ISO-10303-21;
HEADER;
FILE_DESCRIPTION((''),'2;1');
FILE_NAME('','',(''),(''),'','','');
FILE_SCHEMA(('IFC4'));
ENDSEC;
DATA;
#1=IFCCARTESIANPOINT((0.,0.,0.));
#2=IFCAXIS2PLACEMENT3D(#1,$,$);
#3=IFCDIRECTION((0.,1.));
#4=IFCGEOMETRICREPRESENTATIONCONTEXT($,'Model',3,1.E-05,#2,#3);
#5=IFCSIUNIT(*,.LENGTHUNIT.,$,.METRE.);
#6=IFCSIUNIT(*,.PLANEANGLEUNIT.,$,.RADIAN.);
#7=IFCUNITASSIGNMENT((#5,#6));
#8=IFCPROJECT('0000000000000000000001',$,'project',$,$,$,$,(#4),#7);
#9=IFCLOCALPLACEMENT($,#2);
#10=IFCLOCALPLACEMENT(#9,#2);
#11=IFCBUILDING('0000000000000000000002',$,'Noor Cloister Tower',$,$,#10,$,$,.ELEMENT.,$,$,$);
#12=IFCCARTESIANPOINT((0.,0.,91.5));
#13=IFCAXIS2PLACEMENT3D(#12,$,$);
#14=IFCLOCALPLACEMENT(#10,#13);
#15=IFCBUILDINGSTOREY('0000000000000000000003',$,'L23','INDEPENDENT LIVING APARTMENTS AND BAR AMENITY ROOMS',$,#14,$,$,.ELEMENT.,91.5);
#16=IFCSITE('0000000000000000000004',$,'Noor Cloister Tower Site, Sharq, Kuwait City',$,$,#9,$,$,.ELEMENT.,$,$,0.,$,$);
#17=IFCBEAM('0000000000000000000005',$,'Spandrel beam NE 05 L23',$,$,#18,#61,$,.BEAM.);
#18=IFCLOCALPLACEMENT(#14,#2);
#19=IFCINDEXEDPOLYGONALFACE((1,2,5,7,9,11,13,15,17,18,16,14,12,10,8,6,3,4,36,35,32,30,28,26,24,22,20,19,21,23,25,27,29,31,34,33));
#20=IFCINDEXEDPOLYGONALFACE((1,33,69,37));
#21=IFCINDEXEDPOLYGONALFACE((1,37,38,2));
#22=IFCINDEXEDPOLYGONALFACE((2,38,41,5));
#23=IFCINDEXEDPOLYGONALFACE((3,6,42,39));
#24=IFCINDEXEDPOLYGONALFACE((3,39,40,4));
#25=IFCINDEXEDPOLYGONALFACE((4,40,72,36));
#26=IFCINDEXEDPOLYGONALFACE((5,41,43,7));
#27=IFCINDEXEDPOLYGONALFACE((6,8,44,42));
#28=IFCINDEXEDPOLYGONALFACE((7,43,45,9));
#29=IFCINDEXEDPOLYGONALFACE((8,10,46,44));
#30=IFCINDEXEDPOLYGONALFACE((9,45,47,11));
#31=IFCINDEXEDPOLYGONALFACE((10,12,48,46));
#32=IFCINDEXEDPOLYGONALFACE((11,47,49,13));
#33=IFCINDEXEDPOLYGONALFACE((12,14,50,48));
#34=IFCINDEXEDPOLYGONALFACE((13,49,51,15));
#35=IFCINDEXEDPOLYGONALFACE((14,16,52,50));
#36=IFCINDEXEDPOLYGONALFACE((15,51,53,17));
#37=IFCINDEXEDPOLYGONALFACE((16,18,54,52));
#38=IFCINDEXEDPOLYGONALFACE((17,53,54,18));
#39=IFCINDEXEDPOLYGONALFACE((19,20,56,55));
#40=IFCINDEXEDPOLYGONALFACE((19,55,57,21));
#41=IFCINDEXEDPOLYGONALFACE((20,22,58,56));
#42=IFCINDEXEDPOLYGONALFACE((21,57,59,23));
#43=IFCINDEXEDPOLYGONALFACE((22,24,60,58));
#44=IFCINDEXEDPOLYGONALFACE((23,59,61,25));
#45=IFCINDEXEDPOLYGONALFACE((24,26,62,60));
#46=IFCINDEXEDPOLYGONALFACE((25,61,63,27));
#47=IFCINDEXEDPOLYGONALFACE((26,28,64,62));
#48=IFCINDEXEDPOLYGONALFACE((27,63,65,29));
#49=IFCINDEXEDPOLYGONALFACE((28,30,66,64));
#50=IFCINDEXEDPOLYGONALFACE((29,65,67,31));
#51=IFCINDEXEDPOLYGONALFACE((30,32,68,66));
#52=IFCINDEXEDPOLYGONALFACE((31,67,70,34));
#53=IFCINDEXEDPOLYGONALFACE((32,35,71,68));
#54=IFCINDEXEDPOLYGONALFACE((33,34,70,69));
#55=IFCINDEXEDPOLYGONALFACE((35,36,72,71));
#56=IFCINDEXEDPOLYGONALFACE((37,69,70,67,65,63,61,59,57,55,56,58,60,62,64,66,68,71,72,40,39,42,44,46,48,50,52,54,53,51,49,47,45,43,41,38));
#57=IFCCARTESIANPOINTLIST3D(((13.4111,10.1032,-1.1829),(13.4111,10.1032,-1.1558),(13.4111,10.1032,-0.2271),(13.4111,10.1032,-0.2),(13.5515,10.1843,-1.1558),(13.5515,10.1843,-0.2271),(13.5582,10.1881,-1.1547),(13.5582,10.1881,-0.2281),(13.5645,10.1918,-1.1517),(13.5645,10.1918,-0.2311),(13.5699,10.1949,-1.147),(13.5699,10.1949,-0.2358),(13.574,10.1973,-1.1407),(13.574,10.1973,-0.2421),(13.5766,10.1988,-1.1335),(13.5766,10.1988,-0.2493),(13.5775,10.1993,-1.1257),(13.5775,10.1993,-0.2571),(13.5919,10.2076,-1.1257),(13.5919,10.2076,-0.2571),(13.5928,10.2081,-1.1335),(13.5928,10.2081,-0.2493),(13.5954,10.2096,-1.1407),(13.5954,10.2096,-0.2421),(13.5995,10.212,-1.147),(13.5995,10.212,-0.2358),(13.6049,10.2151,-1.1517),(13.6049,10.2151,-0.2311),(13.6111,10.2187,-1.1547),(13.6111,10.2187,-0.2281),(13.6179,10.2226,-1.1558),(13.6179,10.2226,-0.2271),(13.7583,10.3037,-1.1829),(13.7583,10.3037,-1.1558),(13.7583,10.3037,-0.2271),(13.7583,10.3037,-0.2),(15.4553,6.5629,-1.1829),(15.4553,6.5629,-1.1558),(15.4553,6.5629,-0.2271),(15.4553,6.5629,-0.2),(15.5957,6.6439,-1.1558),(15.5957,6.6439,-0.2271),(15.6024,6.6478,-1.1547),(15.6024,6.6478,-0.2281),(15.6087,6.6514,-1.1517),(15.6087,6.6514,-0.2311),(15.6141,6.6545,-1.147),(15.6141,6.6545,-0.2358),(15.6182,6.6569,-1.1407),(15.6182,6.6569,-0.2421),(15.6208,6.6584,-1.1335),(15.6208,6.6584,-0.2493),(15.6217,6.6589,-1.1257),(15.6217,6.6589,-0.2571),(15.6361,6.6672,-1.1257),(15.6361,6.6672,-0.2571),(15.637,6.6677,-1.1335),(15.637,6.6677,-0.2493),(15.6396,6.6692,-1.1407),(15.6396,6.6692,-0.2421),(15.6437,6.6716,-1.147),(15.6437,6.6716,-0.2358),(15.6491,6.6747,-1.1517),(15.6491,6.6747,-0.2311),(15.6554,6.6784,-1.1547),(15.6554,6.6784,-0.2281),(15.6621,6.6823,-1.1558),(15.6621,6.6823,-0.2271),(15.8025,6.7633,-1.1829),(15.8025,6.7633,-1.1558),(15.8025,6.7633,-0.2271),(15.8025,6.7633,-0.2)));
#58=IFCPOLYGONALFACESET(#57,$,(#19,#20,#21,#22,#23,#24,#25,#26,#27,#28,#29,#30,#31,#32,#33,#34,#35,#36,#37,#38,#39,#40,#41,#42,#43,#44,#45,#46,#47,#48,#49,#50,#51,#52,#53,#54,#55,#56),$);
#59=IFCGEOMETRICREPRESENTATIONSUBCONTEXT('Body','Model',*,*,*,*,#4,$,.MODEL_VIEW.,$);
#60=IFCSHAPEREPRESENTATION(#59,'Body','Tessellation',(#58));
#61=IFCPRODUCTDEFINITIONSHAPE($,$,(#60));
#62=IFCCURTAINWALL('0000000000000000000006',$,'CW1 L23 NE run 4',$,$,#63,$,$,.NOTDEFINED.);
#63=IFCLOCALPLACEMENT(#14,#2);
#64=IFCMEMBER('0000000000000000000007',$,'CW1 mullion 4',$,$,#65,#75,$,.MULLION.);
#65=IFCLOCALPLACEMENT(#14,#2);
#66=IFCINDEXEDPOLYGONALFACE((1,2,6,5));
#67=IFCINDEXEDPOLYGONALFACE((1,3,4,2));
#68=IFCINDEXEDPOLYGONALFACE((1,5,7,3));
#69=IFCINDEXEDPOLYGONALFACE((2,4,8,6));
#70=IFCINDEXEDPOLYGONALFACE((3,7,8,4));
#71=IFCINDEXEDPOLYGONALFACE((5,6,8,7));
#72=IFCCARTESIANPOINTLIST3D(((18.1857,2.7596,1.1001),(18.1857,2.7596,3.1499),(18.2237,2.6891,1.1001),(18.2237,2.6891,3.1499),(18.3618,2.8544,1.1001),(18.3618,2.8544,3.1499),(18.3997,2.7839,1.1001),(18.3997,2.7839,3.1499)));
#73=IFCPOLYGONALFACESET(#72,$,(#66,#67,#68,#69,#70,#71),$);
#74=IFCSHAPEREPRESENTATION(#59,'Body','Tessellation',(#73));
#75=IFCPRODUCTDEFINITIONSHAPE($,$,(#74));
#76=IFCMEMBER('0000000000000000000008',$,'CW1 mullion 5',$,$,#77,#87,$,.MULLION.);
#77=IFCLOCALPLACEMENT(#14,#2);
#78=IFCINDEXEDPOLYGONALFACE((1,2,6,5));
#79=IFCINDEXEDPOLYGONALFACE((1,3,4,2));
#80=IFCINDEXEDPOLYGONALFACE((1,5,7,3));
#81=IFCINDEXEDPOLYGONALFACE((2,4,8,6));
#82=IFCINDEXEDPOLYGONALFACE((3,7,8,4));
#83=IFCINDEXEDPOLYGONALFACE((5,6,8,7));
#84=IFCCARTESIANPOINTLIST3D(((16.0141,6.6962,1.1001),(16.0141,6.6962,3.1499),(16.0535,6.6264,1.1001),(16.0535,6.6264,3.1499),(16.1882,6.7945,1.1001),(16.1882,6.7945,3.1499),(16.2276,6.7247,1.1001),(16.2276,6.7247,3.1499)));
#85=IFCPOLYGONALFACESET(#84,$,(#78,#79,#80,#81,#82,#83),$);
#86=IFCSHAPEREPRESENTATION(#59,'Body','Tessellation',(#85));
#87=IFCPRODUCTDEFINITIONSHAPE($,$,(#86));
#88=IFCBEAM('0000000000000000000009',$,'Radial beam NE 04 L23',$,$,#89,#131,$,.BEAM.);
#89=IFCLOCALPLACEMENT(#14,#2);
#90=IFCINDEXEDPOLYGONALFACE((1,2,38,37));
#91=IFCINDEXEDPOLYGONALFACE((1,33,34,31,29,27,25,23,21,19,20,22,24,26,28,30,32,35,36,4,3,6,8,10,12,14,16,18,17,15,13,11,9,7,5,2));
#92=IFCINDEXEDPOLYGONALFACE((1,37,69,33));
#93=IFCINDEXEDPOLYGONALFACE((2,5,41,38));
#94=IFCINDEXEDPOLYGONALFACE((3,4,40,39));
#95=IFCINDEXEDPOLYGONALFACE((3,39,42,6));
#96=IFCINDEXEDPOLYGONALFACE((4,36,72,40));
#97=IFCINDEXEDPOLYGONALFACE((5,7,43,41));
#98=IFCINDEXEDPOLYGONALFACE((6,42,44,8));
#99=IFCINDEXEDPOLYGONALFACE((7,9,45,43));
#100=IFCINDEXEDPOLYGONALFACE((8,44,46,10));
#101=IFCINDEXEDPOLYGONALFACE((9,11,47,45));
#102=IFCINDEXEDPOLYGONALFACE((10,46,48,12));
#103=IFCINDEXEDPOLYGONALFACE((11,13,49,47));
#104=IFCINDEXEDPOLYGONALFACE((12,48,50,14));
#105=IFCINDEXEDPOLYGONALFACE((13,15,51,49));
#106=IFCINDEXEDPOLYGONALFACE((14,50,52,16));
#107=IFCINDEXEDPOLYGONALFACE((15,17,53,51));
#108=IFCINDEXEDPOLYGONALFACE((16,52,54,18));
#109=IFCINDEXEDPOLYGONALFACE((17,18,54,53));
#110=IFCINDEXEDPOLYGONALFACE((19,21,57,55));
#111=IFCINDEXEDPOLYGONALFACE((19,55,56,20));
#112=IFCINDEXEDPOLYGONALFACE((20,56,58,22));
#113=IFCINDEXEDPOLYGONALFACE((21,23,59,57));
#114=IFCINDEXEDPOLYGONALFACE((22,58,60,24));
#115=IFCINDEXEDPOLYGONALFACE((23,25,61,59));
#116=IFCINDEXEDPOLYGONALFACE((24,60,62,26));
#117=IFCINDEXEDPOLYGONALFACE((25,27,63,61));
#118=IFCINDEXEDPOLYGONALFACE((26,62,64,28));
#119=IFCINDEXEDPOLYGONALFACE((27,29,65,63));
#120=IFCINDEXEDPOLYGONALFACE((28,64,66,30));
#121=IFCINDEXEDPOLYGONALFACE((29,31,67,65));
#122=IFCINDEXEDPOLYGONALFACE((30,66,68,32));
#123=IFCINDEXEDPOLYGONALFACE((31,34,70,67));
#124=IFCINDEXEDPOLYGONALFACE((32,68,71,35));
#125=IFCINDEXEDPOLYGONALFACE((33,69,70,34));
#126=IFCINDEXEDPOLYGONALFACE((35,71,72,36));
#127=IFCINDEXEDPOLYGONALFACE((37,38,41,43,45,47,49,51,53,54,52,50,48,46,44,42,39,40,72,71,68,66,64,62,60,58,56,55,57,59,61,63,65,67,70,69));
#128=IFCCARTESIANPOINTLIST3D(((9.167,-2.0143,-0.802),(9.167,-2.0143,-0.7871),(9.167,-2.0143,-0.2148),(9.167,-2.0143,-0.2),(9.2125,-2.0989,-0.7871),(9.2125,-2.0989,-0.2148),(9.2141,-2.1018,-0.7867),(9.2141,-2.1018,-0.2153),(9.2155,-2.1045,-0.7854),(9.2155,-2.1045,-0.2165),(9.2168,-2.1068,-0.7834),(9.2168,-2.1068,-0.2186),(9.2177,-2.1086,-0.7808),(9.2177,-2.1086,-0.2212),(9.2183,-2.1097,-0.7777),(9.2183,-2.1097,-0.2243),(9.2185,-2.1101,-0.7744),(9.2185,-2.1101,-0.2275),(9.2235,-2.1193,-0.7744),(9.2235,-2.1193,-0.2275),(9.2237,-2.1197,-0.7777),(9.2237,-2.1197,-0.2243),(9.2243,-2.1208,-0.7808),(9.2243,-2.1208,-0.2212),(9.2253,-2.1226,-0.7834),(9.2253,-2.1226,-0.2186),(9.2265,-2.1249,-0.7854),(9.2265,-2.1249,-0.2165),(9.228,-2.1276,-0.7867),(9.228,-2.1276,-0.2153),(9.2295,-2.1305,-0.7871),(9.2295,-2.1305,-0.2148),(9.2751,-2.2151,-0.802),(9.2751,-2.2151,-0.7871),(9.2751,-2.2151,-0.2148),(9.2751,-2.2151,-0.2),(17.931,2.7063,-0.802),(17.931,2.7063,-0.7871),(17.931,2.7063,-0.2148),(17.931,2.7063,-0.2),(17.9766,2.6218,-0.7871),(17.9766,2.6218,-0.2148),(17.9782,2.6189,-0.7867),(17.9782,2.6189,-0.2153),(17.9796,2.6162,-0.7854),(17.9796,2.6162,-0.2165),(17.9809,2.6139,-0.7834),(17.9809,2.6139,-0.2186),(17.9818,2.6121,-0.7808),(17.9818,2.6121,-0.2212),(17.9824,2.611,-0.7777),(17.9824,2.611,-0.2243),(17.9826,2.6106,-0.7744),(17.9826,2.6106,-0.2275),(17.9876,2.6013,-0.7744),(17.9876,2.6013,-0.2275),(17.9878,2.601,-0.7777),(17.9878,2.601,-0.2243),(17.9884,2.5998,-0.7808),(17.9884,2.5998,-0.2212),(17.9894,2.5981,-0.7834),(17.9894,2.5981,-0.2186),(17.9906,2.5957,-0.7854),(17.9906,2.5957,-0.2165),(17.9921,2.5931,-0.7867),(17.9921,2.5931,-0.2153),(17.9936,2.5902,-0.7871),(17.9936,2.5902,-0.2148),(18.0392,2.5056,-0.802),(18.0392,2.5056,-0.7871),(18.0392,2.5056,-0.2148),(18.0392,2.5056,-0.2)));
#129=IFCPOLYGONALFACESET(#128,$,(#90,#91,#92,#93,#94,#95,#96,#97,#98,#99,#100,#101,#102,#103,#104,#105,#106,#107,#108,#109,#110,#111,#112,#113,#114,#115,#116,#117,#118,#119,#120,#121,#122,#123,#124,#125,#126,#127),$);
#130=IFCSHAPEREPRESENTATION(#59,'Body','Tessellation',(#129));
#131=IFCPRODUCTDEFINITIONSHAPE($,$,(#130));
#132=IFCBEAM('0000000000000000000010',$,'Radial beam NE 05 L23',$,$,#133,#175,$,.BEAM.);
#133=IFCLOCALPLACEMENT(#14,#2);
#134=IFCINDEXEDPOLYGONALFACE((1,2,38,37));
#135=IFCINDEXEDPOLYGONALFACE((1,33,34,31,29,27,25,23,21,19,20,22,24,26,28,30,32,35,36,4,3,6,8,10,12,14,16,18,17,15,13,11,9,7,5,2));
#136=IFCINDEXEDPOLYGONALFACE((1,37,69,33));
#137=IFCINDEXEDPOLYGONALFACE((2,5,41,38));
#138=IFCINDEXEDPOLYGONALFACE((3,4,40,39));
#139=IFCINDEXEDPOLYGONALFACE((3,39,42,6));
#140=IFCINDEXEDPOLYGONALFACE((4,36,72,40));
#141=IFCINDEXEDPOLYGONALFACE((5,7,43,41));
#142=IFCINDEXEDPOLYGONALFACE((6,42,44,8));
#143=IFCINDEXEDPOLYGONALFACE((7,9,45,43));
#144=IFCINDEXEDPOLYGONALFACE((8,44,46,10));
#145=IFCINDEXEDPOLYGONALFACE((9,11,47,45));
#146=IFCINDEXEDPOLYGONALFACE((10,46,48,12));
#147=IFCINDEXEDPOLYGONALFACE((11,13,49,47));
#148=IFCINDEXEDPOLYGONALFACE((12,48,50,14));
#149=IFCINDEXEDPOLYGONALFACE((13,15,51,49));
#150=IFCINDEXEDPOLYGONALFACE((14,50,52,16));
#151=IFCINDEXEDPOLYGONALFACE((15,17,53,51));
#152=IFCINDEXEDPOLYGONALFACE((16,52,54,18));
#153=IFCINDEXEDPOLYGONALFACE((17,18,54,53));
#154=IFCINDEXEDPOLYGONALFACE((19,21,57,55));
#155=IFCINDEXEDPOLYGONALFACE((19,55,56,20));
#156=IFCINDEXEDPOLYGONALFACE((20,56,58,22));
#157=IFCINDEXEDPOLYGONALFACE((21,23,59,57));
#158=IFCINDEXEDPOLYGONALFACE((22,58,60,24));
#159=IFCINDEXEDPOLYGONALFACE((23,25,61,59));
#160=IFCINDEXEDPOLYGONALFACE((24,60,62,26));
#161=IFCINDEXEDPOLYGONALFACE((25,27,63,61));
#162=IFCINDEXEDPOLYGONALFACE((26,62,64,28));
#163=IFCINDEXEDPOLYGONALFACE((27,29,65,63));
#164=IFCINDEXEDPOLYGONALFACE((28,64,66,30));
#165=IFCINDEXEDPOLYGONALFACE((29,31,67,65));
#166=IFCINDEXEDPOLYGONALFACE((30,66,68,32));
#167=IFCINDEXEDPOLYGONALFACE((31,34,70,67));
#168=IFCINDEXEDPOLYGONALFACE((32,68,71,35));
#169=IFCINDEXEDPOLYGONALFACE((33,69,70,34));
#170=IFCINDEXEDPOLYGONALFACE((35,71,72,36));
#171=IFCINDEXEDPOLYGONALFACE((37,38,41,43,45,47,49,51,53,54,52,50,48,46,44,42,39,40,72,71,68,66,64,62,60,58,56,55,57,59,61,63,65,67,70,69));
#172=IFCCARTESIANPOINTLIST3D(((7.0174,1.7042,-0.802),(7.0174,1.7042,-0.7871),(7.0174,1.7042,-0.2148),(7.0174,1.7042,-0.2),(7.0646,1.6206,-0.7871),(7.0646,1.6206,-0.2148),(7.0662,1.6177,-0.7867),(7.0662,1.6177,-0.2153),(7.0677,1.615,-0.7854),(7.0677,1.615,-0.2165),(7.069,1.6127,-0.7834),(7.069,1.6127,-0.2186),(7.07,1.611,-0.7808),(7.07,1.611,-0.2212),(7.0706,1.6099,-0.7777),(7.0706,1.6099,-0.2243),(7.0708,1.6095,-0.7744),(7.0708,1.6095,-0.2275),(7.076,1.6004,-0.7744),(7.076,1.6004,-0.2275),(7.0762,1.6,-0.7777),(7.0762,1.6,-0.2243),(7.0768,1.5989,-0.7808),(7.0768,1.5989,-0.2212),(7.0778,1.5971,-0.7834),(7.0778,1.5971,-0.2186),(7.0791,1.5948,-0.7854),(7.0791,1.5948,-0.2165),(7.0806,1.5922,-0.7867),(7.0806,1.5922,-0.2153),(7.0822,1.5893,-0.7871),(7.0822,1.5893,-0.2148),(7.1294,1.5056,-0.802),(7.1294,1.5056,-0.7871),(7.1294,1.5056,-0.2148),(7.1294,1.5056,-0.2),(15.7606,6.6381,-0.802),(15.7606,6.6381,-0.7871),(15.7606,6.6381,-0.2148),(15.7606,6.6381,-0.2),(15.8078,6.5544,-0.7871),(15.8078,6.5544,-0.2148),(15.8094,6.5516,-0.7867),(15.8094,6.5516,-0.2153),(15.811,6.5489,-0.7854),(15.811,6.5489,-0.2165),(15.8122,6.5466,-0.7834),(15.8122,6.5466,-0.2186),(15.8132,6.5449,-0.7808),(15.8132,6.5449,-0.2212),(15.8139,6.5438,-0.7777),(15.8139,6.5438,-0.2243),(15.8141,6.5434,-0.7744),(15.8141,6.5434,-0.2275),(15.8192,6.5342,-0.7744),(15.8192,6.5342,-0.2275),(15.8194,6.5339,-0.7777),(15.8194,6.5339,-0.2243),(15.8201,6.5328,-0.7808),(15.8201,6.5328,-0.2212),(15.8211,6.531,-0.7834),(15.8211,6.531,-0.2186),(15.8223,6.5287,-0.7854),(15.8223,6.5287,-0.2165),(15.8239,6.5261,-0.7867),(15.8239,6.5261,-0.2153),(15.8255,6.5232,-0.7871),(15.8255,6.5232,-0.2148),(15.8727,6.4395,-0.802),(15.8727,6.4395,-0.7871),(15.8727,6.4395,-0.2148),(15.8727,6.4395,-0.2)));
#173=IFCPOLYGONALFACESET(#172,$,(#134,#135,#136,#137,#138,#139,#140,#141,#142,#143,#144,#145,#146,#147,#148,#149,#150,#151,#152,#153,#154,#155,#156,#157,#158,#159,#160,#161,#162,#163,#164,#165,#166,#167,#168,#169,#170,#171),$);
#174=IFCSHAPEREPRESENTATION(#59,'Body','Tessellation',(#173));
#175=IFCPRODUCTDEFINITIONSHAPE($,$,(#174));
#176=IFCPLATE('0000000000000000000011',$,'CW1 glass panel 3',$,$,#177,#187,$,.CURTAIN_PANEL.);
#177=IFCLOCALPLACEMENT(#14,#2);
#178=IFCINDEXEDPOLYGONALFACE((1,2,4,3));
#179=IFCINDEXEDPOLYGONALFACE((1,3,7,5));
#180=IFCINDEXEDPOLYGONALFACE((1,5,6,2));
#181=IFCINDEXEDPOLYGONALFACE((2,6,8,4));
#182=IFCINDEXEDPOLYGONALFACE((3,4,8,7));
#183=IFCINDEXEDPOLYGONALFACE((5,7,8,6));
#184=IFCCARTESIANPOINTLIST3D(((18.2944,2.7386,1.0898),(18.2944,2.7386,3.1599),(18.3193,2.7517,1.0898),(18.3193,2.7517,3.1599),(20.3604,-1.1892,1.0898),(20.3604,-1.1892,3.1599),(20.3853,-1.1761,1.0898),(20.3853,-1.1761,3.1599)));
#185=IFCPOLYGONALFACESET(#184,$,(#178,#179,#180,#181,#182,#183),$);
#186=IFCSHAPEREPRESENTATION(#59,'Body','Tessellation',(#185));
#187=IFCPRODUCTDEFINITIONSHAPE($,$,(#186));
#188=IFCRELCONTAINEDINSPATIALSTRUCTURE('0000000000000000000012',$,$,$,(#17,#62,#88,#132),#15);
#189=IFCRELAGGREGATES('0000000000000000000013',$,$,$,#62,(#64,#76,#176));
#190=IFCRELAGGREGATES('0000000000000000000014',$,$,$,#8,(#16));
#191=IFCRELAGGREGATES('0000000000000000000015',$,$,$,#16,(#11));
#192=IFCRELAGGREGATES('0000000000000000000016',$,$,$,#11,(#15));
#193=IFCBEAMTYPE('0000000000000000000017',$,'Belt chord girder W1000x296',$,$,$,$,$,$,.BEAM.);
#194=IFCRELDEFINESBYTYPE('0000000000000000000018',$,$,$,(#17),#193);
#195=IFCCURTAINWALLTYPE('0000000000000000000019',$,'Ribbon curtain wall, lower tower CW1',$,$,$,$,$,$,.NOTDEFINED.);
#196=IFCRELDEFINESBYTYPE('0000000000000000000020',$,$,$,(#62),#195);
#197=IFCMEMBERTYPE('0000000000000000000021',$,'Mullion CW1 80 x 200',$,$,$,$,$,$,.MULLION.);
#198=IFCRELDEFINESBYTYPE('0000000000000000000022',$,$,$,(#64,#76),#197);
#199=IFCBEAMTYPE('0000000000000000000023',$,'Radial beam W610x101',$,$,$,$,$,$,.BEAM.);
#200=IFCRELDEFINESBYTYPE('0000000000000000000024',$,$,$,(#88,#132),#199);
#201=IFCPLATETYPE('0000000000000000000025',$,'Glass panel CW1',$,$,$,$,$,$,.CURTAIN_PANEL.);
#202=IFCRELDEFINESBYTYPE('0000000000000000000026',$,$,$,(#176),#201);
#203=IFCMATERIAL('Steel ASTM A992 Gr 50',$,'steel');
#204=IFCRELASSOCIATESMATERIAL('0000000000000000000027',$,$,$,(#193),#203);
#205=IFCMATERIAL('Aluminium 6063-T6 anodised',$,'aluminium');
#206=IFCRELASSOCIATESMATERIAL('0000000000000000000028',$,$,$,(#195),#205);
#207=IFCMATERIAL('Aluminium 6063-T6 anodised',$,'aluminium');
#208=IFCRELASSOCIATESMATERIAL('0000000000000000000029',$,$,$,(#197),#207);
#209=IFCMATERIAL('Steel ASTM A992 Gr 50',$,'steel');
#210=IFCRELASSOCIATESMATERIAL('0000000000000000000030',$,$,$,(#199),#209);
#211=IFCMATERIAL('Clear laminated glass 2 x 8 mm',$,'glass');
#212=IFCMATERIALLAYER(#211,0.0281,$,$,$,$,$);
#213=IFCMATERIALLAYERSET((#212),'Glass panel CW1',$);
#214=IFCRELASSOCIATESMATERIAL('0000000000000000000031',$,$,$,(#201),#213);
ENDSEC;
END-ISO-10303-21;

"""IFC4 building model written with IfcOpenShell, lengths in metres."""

from ifc_helpers import new_model, si_unit, direction, frame, origin, origin_2d, place, context, subcontext, project, spatial, rectangle, i_section, extrude, material, layer, layer_set, material_profile, profile_set, type_object, element, aggregate, save


model = new_model("IFC4")

# Units and contexts
model_context = context("Model", 3, precision=1e-05, world=origin(), true_north=direction((0.0, 1.0)))
body_context = subcontext(model_context, "Body", "Model", "MODEL_VIEW")
ifc_project = project(units=[si_unit("LENGTHUNIT", "METRE"), si_unit("PLANEANGLEUNIT", "RADIAN")], contexts=[model_context])

# Site, building, storey
site_placement = place(None, origin())
site = spatial("IfcSite", under=ifc_project, at=site_placement, Name="Noor Cloister Tower Site, Sharq, Kuwait City", CompositionType="ELEMENT", RefElevation=0.0)
building_placement = place(site_placement, origin())
building = spatial("IfcBuilding", under=site, at=building_placement, Name="Noor Cloister Tower", CompositionType="ELEMENT")
storey_placement = place(building_placement, frame((0.0, 0.0, 91.5)))
storey = spatial("IfcBuildingStorey", under=building, at=storey_placement, Name="L23", Description="INDEPENDENT LIVING APARTMENTS AND BAR AMENITY ROOMS", CompositionType="ELEMENT", Elevation=91.5)

# Beam
ifc_material_1 = material(Name="Steel ASTM A992 Gr 50", Category="steel")
ifc_material_profile_1 = material_profile(ifc_material_1, i_section(OverallWidth=0.4009, OverallDepth=0.9829, WebThickness=0.0166, FlangeThickness=0.0271, FilletRadius=0.03, at=origin_2d()), Name="W1000x296")
ifc_profile_set_1 = profile_set([ifc_material_profile_1], Name="Steel ASTM A992 Gr 50")
beam_type_1 = type_object("IfcBeamType", Name="Belt chord girder W1000x296", PredefinedType="BEAM", material=ifc_profile_set_1)
beam_1_placement = place(storey_placement, frame((15.6289, 6.6631, -0.6914), z_axis=(-0.500038, 0.866004, 0.0), x_axis=(-0.866004, -0.500038, 0.0)))
element("IfcBeam", 1, at=beam_1_placement, inside=storey, type_object=beam_type_1, Name="Spandrel beam NE 05 L23", PredefinedType="BEAM", context=body_context, shape_type="SweptSolid", body=[
    extrude(i_section(OverallWidth=0.4009, OverallDepth=0.9829, WebThickness=0.0166, FlangeThickness=0.0271, FilletRadius=0.03, at=origin_2d()), origin(), (0.0, 0.0, 1.0), 4.0881),
])

# Curtain wall, members
ifc_material_2 = material(Name="Aluminium 6063-T6 anodised", Category="aluminium")
curtain_wall_type = type_object("IfcCurtainWallType", Name="Ribbon curtain wall, lower tower CW1", PredefinedType="NOTDEFINED", material=ifc_material_2)
curtain_wall_placement = place(storey_placement, origin())
curtain_wall = element("IfcCurtainWall", 2, at=curtain_wall_placement, inside=storey, type_object=curtain_wall_type, Name="CW1 L23 NE run 4", PredefinedType="NOTDEFINED")
ifc_material_3 = material(Name="Aluminium 6063-T6 anodised", Category="aluminium")
ifc_material_profile_2 = material_profile(ifc_material_3, rectangle(XDim=0.2, YDim=0.0801, at=origin_2d()), Name="200 x 80 mullion")
ifc_profile_set_2 = profile_set([ifc_material_profile_2], Name="Aluminium 6063-T6 anodised")
member_type = type_object("IfcMemberType", Name="Mullion CW1 80 x 200", PredefinedType="MULLION", material=ifc_profile_set_2)
member_1_placement = place(storey_placement, frame((18.2927, 2.7717, 1.1001), z_axis=(0.0, 0.0, 1.0), x_axis=(-0.880408, -0.474216, 0.0)))
member_1 = element("IfcMember", 3, at=member_1_placement, type_object=member_type, Name="CW1 mullion 4", PredefinedType="MULLION", context=body_context, shape_type="SweptSolid", body=[
    extrude(rectangle(XDim=0.2, YDim=0.0801, at=origin_2d()), origin(), (0.0, 0.0, 1.0), 2.0498),
])
member_2_placement = place(storey_placement, frame((16.1208, 6.7104, 1.1001), z_axis=(0.0, 0.0, 1.0), x_axis=(-0.870904, -0.491453, 0.0)))
member_2 = element("IfcMember", 4, at=member_2_placement, type_object=member_type, Name="CW1 mullion 5", PredefinedType="MULLION", context=body_context, shape_type="SweptSolid", body=[
    extrude(rectangle(XDim=0.2, YDim=0.0801, at=origin_2d()), origin(), (0.0, 0.0, 1.0), 2.0498),
])

# Beams
ifc_material_4 = material(Name="Steel ASTM A992 Gr 50", Category="steel")
ifc_material_profile_3 = material_profile(ifc_material_4, i_section(OverallWidth=0.228, OverallDepth=0.6021, WebThickness=0.0105, FlangeThickness=0.0149, FilletRadius=0.0127, at=origin_2d()), Name="W610x101")
ifc_profile_set_3 = profile_set([ifc_material_profile_3], Name="Steel ASTM A992 Gr 50")
beam_type_2 = type_object("IfcBeamType", Name="Radial beam W610x101", PredefinedType="BEAM", material=ifc_profile_set_3)
beam_2_placement = place(storey_placement, frame((17.9851, 2.606, -0.501), z_axis=(-0.880407, -0.47422, 0.0), x_axis=(0.47422, -0.880407, 0.0)))
element("IfcBeam", 5, at=beam_2_placement, inside=storey, type_object=beam_type_2, Name="Radial beam NE 04 L23", PredefinedType="BEAM", context=body_context, shape_type="SweptSolid", body=[
    extrude(i_section(OverallWidth=0.228, OverallDepth=0.6021, WebThickness=0.0105, FlangeThickness=0.0149, FilletRadius=0.0127, at=origin_2d()), origin(), (0.0, 0.0, 1.0), 9.9546),
])
beam_3_placement = place(storey_placement, frame((15.8167, 6.5388, -0.501), z_axis=(-0.870902, -0.491457, 0.0), x_axis=(0.491457, -0.870902, 0.0)))
element("IfcBeam", 6, at=beam_3_placement, inside=storey, type_object=beam_type_2, Name="Radial beam NE 05 L23", PredefinedType="BEAM", context=body_context, shape_type="SweptSolid", body=[
    extrude(i_section(OverallWidth=0.228, OverallDepth=0.6021, WebThickness=0.0105, FlangeThickness=0.0149, FilletRadius=0.0127, at=origin_2d()), origin(), (0.0, 0.0, 1.0), 10.0393),
])

# Plate
ifc_material_5 = material(Name="Clear laminated glass 2 x 8 mm", Category="glass")
ifc_layer_1 = layer(ifc_material_5, 0.0281)
ifc_layer_set_1 = layer_set([ifc_layer_1], Name="Glass panel CW1")
plate_type = type_object("IfcPlateType", Name="Glass panel CW1", PredefinedType="CURTAIN_PANEL", material=ifc_layer_set_1)
plate_1_placement = place(storey_placement, frame((19.3398, 0.7812, 1.0898), z_axis=(0.0, 0.0, 1.0), x_axis=(-0.465529, 0.885033, 0.0)))
plate_1 = element("IfcPlate", 7, at=plate_1_placement, type_object=plate_type, Name="CW1 glass panel 3", PredefinedType="CURTAIN_PANEL", context=body_context, shape_type="SweptSolid", body=[
    extrude(rectangle(XDim=4.438, YDim=0.0281, at=origin_2d()), origin(), (0.0, 0.0, 1.0), 2.0701),
])
aggregate(curtain_wall, [member_1, member_2, plate_1])

save(model, "model.ifc")
